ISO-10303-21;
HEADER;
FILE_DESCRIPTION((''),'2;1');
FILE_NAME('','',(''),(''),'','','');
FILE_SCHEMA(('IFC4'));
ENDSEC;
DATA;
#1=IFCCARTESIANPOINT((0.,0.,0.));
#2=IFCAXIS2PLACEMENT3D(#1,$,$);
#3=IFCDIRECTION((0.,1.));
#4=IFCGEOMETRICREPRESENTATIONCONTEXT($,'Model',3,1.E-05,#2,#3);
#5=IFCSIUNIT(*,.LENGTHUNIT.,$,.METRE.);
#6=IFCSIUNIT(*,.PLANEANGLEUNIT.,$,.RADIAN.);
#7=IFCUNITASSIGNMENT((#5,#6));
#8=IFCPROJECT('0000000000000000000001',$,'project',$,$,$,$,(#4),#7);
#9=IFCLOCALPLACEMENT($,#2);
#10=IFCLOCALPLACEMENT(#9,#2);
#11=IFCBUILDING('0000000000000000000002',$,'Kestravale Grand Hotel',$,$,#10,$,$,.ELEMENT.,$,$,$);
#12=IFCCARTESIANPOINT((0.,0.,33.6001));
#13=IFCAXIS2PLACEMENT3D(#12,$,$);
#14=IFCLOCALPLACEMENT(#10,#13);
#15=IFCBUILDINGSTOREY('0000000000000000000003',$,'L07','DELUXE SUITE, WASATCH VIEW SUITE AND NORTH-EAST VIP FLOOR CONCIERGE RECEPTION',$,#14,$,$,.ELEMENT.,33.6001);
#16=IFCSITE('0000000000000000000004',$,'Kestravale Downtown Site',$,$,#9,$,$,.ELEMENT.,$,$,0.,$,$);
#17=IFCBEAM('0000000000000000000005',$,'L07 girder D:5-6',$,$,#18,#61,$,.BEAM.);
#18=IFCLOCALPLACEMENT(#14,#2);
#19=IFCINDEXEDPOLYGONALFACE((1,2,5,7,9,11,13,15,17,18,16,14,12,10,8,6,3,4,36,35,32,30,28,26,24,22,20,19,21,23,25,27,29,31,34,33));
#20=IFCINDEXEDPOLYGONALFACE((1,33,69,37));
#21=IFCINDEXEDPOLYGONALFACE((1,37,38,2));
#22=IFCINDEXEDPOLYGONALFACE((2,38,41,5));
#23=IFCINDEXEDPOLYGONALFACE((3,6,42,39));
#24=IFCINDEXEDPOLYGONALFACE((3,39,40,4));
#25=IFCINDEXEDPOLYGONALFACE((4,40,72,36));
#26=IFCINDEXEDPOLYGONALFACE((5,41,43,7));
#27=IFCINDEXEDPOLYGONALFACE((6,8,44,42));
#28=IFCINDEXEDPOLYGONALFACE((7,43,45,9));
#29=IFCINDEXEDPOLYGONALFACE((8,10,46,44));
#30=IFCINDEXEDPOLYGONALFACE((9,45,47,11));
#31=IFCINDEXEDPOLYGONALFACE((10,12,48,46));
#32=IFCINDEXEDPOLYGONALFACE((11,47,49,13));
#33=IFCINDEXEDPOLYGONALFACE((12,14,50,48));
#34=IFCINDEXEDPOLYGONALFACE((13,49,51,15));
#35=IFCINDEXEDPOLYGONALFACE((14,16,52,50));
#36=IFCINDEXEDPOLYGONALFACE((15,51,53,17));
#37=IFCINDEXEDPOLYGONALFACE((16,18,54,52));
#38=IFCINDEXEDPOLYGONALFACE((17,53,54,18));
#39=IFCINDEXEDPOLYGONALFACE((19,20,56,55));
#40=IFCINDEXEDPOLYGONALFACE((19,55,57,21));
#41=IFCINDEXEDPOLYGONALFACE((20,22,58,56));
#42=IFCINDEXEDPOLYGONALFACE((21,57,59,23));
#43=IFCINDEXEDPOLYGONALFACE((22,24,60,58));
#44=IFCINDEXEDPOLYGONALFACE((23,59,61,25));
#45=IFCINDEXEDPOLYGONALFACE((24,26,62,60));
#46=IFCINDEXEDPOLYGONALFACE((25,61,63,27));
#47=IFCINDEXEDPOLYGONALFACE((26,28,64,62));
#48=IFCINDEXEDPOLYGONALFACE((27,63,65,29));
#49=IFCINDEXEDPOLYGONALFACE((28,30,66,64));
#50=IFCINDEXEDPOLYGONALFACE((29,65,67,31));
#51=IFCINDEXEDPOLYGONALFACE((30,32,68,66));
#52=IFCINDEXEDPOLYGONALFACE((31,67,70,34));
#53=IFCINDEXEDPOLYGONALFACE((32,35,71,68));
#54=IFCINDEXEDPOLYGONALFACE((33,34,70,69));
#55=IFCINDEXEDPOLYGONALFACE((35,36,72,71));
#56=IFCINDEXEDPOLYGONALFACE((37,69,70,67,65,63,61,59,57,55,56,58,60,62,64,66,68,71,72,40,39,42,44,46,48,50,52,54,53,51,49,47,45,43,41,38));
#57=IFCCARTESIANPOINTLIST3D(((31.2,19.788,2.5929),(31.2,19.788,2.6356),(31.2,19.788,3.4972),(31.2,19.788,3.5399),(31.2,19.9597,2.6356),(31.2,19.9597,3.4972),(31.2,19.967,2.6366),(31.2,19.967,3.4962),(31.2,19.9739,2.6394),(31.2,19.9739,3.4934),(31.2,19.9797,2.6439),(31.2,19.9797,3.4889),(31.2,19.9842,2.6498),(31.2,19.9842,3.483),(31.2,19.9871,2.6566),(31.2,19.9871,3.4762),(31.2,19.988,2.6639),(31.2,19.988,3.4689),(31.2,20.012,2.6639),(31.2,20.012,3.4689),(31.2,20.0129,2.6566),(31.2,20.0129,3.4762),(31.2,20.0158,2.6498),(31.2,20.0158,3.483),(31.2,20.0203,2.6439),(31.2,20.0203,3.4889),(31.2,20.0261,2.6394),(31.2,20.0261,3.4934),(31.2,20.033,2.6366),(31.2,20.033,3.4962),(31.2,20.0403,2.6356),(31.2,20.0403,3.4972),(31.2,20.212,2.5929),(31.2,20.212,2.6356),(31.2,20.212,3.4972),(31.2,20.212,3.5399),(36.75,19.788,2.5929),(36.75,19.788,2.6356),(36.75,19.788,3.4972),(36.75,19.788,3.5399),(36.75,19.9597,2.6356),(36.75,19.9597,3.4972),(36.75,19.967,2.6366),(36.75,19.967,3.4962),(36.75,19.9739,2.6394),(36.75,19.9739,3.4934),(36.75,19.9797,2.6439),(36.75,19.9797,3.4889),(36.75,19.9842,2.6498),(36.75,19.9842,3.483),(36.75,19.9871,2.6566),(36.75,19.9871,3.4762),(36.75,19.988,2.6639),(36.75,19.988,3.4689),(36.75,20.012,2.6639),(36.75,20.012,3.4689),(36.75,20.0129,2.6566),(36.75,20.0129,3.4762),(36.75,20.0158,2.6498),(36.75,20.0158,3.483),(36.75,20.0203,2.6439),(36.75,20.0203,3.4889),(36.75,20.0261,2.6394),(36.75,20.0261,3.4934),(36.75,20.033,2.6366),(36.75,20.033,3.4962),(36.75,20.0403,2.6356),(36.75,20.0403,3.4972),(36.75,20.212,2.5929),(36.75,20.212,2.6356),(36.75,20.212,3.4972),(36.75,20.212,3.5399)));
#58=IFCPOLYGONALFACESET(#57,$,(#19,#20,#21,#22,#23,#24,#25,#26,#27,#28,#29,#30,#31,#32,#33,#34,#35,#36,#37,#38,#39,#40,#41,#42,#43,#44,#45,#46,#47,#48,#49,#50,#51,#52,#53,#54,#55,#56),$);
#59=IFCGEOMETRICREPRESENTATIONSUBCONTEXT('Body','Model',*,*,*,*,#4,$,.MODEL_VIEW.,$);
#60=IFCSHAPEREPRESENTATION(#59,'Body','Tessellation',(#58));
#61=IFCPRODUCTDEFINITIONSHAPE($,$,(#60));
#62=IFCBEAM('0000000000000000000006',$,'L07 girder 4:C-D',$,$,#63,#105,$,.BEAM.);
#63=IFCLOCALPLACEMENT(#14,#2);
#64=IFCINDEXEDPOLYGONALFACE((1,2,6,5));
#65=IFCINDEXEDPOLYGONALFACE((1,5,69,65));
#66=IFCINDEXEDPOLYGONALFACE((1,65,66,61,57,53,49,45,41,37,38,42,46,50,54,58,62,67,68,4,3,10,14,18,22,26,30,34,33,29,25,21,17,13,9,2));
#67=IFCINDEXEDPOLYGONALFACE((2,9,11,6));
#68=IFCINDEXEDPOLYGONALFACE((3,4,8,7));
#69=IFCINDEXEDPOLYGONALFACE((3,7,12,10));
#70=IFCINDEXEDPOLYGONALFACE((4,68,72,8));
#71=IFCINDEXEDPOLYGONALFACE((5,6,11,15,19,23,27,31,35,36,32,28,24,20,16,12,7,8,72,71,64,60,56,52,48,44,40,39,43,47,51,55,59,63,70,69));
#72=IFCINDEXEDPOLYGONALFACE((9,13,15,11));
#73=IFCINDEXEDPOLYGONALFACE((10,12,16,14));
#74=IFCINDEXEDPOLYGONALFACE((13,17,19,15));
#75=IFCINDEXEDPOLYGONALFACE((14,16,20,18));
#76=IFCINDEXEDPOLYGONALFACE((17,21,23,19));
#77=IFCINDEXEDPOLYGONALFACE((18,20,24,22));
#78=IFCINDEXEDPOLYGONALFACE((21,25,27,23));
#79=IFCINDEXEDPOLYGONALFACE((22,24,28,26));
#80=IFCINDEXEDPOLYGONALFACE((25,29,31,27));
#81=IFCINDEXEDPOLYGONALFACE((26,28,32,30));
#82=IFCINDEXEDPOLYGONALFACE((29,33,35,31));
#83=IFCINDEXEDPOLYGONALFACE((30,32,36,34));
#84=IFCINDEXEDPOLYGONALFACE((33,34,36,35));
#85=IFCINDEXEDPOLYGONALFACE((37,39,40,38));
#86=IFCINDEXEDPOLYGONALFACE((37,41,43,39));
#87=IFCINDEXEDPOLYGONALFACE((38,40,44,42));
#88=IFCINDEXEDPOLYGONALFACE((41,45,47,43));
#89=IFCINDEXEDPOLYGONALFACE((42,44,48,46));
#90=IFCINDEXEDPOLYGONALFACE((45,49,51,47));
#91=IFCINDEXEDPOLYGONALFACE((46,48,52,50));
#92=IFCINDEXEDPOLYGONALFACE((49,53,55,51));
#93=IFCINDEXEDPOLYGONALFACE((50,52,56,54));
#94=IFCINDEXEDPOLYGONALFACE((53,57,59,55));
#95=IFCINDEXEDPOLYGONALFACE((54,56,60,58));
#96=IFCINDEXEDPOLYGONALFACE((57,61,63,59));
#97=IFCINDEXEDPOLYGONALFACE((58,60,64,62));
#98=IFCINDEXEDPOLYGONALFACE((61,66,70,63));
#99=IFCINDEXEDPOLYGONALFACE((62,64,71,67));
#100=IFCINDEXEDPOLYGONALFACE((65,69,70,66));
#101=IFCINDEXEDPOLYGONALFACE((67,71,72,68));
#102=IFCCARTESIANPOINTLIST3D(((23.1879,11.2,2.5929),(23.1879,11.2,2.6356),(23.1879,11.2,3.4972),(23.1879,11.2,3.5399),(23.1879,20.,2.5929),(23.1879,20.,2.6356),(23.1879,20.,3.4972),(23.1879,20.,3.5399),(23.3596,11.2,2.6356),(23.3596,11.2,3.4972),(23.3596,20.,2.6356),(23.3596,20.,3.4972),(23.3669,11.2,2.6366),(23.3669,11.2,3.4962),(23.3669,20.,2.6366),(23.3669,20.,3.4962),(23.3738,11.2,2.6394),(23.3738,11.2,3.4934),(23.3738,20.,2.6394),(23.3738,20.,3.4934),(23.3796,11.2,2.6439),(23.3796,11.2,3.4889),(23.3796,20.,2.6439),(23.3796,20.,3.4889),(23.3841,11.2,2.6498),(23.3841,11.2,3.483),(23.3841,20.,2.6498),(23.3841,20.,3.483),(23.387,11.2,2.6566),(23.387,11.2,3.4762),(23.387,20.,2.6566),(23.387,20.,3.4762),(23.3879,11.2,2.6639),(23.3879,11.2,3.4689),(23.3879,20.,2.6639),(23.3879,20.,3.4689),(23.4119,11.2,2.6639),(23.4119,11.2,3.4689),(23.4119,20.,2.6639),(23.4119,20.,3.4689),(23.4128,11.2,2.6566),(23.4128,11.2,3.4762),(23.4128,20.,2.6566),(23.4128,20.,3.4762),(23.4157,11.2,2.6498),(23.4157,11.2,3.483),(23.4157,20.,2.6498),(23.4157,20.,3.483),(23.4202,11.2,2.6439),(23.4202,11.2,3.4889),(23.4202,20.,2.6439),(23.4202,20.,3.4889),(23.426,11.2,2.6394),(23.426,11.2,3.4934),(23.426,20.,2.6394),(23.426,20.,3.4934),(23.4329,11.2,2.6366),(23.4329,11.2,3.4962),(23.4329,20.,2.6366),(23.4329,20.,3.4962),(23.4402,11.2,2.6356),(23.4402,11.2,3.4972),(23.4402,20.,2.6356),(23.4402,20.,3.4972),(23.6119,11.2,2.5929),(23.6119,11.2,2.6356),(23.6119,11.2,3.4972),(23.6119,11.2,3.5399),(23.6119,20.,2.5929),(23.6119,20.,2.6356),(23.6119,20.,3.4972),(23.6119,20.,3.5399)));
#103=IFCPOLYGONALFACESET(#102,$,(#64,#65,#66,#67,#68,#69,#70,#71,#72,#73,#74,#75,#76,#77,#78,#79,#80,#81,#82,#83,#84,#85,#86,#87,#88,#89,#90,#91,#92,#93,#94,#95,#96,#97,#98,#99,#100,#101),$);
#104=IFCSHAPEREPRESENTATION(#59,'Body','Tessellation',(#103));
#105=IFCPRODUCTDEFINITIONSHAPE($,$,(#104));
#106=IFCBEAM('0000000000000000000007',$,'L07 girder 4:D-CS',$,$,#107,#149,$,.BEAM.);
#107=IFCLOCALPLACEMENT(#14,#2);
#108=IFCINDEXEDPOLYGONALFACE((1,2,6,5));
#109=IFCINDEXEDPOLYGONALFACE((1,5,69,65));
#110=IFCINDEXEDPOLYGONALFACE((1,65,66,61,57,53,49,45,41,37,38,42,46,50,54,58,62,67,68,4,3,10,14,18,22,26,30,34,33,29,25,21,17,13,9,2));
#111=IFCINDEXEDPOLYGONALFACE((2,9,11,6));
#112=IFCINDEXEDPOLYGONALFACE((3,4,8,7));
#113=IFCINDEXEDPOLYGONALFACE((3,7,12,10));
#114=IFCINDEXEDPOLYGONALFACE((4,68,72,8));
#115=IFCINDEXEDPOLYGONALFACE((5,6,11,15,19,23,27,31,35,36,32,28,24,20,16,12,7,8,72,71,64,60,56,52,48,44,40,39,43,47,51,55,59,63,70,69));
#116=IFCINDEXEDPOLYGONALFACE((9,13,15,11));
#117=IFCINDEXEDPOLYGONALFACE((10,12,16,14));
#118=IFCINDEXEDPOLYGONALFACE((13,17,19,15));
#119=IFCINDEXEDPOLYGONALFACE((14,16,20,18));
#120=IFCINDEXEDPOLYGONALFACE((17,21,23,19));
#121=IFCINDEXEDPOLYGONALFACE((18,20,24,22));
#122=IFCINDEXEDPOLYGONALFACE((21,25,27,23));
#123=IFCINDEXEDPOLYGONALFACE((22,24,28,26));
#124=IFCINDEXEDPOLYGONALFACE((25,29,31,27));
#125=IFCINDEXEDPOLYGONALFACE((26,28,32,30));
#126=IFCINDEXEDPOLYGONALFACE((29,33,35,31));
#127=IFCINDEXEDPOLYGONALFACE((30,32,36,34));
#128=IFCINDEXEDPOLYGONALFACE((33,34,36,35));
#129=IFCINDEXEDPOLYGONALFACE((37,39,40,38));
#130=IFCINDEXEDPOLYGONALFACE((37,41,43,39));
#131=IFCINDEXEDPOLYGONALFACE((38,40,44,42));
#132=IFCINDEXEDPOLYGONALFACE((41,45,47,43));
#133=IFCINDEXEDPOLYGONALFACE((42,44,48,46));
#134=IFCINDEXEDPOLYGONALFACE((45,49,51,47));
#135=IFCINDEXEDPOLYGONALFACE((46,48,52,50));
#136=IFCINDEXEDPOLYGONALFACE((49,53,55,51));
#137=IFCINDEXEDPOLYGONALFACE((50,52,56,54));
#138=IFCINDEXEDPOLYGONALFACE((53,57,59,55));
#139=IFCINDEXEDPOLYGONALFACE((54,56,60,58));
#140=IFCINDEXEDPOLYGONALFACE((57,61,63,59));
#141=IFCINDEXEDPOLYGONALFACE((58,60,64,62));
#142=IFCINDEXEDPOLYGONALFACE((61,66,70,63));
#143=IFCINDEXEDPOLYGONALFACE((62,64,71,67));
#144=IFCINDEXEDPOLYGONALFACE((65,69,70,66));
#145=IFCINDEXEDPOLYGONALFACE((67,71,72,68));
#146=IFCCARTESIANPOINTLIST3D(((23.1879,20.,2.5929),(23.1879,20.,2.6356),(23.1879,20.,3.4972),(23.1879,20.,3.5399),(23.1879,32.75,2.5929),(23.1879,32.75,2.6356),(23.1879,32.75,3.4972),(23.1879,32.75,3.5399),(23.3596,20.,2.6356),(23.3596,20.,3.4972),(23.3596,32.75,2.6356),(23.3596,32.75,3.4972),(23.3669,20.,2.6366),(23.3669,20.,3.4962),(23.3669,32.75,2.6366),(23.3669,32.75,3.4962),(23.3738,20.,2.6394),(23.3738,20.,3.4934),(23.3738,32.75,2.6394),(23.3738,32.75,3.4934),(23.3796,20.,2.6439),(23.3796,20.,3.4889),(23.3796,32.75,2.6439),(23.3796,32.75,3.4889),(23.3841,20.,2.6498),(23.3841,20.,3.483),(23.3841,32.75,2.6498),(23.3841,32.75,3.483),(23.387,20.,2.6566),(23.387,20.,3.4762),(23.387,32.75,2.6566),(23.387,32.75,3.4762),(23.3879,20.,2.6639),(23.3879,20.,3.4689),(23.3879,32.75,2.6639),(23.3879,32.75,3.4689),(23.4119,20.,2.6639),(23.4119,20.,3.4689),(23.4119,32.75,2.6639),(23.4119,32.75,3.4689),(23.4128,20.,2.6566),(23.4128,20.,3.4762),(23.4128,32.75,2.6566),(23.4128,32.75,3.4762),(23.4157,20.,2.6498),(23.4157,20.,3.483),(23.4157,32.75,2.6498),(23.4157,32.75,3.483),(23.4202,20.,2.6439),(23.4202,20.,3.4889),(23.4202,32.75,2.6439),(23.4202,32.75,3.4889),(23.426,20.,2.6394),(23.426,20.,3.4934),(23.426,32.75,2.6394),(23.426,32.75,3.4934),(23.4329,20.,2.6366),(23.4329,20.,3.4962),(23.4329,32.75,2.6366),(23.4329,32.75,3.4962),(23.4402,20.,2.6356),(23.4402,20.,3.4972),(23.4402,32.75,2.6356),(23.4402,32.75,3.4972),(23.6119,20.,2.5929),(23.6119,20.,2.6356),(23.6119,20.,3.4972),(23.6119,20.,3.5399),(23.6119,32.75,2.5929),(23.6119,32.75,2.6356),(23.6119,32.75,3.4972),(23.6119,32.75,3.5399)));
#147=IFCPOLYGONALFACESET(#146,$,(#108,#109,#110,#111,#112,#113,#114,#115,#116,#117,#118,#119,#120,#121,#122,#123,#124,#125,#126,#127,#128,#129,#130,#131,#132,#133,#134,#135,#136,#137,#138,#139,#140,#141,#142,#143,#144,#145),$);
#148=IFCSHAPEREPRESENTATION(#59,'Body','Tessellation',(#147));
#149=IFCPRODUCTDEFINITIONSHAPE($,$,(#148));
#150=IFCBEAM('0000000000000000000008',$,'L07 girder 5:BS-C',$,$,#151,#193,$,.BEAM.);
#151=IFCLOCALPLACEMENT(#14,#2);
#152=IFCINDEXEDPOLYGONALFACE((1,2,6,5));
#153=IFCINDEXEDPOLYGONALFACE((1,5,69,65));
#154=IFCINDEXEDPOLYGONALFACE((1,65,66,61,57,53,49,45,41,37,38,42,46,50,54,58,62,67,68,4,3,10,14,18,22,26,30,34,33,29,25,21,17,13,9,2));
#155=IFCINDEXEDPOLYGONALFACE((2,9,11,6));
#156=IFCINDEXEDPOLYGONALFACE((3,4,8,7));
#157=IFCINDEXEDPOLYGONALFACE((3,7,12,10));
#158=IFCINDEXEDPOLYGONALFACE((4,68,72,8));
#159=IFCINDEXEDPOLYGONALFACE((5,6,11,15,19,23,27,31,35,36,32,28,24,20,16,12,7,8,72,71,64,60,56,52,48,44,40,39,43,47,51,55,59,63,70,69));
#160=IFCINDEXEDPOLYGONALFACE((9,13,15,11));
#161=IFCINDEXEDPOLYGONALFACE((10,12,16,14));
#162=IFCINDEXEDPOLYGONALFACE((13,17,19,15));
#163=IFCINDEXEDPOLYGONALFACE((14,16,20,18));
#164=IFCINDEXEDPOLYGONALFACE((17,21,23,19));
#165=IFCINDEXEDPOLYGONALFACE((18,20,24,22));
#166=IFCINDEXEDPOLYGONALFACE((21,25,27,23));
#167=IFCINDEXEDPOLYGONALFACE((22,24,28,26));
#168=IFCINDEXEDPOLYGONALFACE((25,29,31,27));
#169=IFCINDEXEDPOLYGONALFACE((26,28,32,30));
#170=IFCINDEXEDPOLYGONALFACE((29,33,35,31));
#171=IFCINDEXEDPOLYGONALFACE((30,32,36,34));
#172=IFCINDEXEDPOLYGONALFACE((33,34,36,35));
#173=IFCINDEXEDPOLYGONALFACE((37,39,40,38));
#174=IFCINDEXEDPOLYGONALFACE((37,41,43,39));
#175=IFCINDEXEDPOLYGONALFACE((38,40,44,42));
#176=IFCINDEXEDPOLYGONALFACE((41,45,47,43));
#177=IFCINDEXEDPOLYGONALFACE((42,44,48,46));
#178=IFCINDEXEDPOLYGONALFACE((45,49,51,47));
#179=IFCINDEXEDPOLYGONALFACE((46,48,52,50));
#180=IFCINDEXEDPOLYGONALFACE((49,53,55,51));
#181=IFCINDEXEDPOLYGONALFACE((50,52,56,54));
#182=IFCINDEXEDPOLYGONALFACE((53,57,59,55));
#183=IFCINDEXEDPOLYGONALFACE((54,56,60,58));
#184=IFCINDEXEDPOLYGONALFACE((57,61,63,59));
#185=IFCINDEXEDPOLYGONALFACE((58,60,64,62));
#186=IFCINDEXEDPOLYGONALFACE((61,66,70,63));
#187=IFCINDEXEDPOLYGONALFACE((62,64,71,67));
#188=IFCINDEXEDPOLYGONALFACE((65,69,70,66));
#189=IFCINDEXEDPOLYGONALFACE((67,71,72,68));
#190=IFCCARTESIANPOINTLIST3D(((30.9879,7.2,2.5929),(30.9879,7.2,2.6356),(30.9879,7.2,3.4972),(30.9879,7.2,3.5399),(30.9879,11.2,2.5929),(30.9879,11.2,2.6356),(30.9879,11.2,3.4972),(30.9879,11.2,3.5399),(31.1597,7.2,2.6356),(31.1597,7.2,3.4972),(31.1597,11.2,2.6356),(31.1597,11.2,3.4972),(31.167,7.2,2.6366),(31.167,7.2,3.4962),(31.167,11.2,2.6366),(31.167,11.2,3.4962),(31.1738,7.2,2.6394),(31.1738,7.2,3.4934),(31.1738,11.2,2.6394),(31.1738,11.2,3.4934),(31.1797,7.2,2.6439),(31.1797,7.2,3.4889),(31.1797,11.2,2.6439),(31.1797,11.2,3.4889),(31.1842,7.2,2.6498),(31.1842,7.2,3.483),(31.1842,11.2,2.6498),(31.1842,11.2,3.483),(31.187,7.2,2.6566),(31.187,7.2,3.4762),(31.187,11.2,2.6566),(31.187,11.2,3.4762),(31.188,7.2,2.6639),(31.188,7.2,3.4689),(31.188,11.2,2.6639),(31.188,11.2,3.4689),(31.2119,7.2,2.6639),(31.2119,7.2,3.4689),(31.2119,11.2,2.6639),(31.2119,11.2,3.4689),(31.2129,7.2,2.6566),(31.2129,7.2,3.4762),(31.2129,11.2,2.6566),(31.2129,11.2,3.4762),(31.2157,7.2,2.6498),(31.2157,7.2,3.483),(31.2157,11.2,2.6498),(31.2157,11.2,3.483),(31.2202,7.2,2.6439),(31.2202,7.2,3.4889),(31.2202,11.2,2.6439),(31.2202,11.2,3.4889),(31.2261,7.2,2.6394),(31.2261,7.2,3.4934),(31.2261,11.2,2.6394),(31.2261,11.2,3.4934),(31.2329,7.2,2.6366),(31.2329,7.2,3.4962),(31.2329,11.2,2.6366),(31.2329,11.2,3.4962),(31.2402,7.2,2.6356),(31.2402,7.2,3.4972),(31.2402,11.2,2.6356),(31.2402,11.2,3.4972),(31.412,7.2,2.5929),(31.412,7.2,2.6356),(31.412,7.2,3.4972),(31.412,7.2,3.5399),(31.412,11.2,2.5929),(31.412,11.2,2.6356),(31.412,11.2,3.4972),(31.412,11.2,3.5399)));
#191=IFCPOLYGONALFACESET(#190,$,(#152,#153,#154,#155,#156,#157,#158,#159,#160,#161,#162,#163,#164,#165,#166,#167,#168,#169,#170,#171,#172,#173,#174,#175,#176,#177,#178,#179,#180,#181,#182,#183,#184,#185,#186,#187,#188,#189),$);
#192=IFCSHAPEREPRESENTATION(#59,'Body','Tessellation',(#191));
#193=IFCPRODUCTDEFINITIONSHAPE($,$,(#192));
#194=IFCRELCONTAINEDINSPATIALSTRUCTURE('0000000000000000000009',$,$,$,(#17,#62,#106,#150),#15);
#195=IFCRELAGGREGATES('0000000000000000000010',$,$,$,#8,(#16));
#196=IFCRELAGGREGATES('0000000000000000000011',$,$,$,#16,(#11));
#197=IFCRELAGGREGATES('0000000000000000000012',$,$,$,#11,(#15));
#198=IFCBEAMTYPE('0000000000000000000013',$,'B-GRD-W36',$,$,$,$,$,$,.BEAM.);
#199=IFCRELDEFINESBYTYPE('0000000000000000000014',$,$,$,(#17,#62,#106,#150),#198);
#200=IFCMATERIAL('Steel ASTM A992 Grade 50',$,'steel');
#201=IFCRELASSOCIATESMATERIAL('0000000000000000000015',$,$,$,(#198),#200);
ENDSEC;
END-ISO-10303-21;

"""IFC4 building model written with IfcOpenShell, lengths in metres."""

from ifc_helpers import new_model, si_unit, direction, frame, origin, origin_2d, place, context, subcontext, project, spatial, i_section, extrude, material, material_profile, profile_set, type_object, element, save


model = new_model("IFC4")

# Units and contexts
model_context = context("Model", 3, precision=1e-05, world=origin(), true_north=direction((0.0, 1.0)))
body_context = subcontext(model_context, "Body", "Model", "MODEL_VIEW")
ifc_project = project(units=[si_unit("LENGTHUNIT", "METRE"), si_unit("PLANEANGLEUNIT", "RADIAN")], contexts=[model_context])

# Site, building, storey
site_placement = place(None, origin())
site = spatial("IfcSite", under=ifc_project, at=site_placement, Name="Kestravale Downtown Site", CompositionType="ELEMENT", RefElevation=0.0)
building_placement = place(site_placement, origin())
building = spatial("IfcBuilding", under=site, at=building_placement, Name="Kestravale Grand Hotel", CompositionType="ELEMENT")
storey_placement = place(building_placement, frame((0.0, 0.0, 33.6001)))
storey = spatial("IfcBuildingStorey", under=building, at=storey_placement, Name="L07", Description="DELUXE SUITE, WASATCH VIEW SUITE AND NORTH-EAST VIP FLOOR CONCIERGE RECEPTION", CompositionType="ELEMENT", Elevation=33.6001)

# Beams
ifc_material_1 = material(Name="Steel ASTM A992 Grade 50", Category="steel")
ifc_material_profile_1 = material_profile(ifc_material_1, i_section(OverallWidth=0.4241, OverallDepth=0.947, WebThickness=0.0239, FlangeThickness=0.0427, FilletRadius=0.0283, at=origin_2d()))
ifc_profile_set_1 = profile_set([ifc_material_profile_1], Name="Steel ASTM A992 Grade 50")
beam_type_1 = type_object("IfcBeamType", Name="B-GRD-W36", PredefinedType="BEAM", material=ifc_profile_set_1)
beam_1_placement = place(storey_placement, frame((31.2, 20.0, 3.0664), z_axis=(1.0, 0.0, 0.0), x_axis=(0.0, 1.0, 0.0)))
element("IfcBeam", 1, at=beam_1_placement, inside=storey, type_object=beam_type_1, Name="L07 girder D:5-6", PredefinedType="BEAM", context=body_context, shape_type="SweptSolid", body=[
    extrude(i_section(OverallWidth=0.4241, OverallDepth=0.947, WebThickness=0.0239, FlangeThickness=0.0427, FilletRadius=0.0283, at=origin_2d()), origin(), (0.0, 0.0, 1.0), 5.55),
])
beam_2_placement = place(storey_placement, frame((23.3999, 11.2, 3.0664), z_axis=(0.0, 1.0, 0.0), x_axis=(-1.0, 0.0, 0.0)))
element("IfcBeam", 2, at=beam_2_placement, inside=storey, type_object=beam_type_1, Name="L07 girder 4:C-D", PredefinedType="BEAM", context=body_context, shape_type="SweptSolid", body=[
    extrude(i_section(OverallWidth=0.4241, OverallDepth=0.947, WebThickness=0.0239, FlangeThickness=0.0427, FilletRadius=0.0283, at=origin_2d()), origin(), (0.0, 0.0, 1.0), 8.8),
])
beam_3_placement = place(storey_placement, frame((23.3999, 20.0, 3.0664), z_axis=(0.0, 1.0, 0.0), x_axis=(-1.0, 0.0, 0.0)))
element("IfcBeam", 3, at=beam_3_placement, inside=storey, type_object=beam_type_1, Name="L07 girder 4:D-CS", PredefinedType="BEAM", context=body_context, shape_type="SweptSolid", body=[
    extrude(i_section(OverallWidth=0.4241, OverallDepth=0.947, WebThickness=0.0239, FlangeThickness=0.0427, FilletRadius=0.0283, at=origin_2d()), origin(), (0.0, 0.0, 1.0), 12.75),
])
beam_4_placement = place(storey_placement, frame((31.2, 7.2, 3.0664), z_axis=(0.0, 1.0, 0.0), x_axis=(-1.0, 0.0, 0.0)))
element("IfcBeam", 4, at=beam_4_placement, inside=storey, type_object=beam_type_1, Name="L07 girder 5:BS-C", PredefinedType="BEAM", context=body_context, shape_type="SweptSolid", body=[
    extrude(i_section(OverallWidth=0.4241, OverallDepth=0.947, WebThickness=0.0239, FlangeThickness=0.0427, FilletRadius=0.0283, at=origin_2d()), origin(), (0.0, 0.0, 1.0), 4.0),
])

save(model, "model.ifc")
